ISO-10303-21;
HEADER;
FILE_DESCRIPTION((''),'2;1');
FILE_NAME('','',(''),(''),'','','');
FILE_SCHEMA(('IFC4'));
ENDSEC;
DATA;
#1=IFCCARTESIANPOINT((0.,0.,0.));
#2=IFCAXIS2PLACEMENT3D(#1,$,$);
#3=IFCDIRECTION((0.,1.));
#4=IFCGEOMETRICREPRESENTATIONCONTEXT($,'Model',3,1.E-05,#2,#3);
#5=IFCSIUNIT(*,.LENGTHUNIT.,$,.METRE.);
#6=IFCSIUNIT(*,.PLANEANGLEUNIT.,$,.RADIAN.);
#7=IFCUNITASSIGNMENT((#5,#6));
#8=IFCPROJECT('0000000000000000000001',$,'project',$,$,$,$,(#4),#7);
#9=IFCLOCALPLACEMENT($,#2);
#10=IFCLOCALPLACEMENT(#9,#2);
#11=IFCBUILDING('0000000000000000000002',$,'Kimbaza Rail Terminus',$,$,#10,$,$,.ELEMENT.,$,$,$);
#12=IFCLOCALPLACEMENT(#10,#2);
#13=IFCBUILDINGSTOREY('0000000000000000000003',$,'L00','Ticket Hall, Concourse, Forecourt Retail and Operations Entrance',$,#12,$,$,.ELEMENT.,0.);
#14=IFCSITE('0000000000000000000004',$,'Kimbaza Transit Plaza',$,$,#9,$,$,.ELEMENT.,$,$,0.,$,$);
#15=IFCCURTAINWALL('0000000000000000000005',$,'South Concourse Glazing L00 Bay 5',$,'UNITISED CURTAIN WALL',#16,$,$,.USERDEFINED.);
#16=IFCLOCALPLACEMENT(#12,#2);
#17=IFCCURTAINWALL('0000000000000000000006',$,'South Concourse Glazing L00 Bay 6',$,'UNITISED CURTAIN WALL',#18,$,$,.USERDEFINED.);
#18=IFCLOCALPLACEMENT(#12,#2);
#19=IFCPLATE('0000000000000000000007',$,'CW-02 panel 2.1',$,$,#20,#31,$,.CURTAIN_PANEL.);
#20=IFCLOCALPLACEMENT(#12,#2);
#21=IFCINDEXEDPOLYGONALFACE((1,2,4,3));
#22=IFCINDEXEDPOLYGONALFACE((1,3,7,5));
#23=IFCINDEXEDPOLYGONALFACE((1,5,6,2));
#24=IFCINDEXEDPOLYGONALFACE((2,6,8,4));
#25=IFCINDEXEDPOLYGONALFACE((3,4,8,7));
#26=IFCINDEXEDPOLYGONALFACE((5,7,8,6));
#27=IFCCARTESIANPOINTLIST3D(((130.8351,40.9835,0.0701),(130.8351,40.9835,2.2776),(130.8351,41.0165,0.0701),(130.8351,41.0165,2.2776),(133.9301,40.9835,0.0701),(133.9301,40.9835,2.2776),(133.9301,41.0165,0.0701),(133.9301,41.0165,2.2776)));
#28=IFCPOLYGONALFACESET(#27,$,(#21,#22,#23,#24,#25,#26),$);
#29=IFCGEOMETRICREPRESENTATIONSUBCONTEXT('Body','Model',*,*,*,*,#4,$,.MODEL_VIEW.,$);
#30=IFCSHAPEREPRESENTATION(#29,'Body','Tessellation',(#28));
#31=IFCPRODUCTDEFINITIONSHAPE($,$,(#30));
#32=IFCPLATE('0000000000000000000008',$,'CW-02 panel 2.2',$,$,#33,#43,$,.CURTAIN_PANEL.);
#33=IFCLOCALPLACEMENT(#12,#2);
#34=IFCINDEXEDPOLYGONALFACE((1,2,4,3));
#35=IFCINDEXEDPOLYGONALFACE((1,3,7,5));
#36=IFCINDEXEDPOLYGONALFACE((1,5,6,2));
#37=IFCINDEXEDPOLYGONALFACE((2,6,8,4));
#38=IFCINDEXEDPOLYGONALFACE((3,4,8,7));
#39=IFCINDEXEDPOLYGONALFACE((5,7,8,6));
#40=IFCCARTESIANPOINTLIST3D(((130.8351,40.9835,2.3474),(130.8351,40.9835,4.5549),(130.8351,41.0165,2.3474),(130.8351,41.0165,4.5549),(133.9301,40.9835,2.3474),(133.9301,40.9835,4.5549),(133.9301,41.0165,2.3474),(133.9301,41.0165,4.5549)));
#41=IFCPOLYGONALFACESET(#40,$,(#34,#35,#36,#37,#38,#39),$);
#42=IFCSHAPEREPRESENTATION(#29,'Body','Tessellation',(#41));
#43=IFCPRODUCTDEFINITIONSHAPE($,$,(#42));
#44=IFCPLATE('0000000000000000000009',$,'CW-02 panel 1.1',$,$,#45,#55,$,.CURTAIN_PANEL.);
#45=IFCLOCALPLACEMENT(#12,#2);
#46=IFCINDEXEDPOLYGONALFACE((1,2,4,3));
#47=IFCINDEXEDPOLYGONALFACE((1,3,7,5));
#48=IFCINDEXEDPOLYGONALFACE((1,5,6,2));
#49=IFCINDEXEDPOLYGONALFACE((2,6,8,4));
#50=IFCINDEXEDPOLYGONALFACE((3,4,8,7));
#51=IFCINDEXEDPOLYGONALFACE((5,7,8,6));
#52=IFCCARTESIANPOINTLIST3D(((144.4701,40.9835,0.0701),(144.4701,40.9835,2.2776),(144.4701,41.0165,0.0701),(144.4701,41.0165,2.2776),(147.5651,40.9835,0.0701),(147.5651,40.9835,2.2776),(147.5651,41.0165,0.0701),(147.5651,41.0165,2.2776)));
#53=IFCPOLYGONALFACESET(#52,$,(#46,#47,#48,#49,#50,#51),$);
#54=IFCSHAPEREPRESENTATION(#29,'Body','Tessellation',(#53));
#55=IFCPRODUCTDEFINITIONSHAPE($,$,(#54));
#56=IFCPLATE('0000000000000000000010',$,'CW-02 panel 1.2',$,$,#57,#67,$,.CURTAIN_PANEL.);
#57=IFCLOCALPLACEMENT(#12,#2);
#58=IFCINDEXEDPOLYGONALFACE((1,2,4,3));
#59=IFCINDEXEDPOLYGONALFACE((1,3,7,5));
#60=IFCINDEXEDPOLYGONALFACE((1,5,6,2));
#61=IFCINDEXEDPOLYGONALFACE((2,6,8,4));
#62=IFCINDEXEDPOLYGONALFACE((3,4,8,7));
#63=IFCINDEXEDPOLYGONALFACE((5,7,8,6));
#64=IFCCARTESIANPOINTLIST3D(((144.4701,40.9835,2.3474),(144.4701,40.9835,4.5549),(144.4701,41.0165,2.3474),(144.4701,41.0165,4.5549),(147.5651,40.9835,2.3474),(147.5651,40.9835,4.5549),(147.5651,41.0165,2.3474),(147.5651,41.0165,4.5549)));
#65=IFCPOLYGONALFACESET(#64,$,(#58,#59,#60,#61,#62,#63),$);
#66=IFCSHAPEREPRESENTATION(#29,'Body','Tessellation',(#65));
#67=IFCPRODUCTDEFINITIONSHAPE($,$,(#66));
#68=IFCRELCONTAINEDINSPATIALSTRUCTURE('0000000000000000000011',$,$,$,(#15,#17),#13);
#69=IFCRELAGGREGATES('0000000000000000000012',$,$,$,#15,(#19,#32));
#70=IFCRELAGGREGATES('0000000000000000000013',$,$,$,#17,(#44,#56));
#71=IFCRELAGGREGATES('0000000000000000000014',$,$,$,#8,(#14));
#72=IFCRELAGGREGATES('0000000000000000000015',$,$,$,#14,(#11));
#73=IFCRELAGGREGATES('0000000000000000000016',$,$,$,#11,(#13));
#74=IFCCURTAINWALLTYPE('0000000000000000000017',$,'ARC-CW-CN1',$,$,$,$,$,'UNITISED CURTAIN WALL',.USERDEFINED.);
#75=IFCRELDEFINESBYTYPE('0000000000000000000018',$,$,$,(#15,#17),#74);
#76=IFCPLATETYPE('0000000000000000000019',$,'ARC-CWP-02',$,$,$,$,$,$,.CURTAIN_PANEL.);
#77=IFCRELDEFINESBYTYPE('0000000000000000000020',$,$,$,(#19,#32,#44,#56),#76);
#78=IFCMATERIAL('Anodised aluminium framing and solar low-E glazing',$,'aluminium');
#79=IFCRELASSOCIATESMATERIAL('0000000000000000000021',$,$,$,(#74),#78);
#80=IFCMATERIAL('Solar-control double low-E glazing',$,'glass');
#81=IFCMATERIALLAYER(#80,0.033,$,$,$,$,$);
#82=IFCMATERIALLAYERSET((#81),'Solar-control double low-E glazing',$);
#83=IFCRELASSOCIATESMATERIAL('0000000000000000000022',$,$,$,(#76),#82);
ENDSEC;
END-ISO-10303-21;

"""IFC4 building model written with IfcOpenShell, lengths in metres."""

from ifc_helpers import new_model, si_unit, direction, frame, origin, origin_2d, place, context, subcontext, project, spatial, rectangle, extrude, material, layer, layer_set, type_object, element, aggregate, save


model = new_model("IFC4")

# Units and contexts
model_context = context("Model", 3, precision=1e-05, world=origin(), true_north=direction((0.0, 1.0)))
body_context = subcontext(model_context, "Body", "Model", "MODEL_VIEW")
ifc_project = project(units=[si_unit("LENGTHUNIT", "METRE"), si_unit("PLANEANGLEUNIT", "RADIAN")], contexts=[model_context])

# Site, building, storey
site_placement = place(None, origin())
site = spatial("IfcSite", under=ifc_project, at=site_placement, Name="Kimbaza Transit Plaza", CompositionType="ELEMENT", RefElevation=0.0)
building_placement = place(site_placement, origin())
building = spatial("IfcBuilding", under=site, at=building_placement, Name="Kimbaza Rail Terminus", CompositionType="ELEMENT")
storey_placement = place(building_placement, origin())
storey = spatial("IfcBuildingStorey", under=building, at=storey_placement, Name="L00", Description="Ticket Hall, Concourse, Forecourt Retail and Operations Entrance", CompositionType="ELEMENT", Elevation=0.0)

# Curtain wall
ifc_material_1 = material(Name="Anodised aluminium framing and solar low-E glazing", Category="aluminium")
curtain_wall_type = type_object("IfcCurtainWallType", Name="ARC-CW-CN1", ElementType="UNITISED CURTAIN WALL", PredefinedType="USERDEFINED", material=ifc_material_1)
curtain_wall_1_placement = place(storey_placement, origin())
curtain_wall_1 = element("IfcCurtainWall", 1, at=curtain_wall_1_placement, inside=storey, type_object=curtain_wall_type, Name="South Concourse Glazing L00 Bay 5", ObjectType="UNITISED CURTAIN WALL", PredefinedType="USERDEFINED")

# Curtain wall
curtain_wall_2_placement = place(storey_placement, origin())
curtain_wall_2 = element("IfcCurtainWall", 2, at=curtain_wall_2_placement, inside=storey, type_object=curtain_wall_type, Name="South Concourse Glazing L00 Bay 6", ObjectType="UNITISED CURTAIN WALL", PredefinedType="USERDEFINED")

# Plates
ifc_material_2 = material(Name="Solar-control double low-E glazing", Category="glass")
ifc_layer_1 = layer(ifc_material_2, 0.033)
ifc_layer_set_1 = layer_set([ifc_layer_1], Name="Solar-control double low-E glazing")
plate_type = type_object("IfcPlateType", Name="ARC-CWP-02", PredefinedType="CURTAIN_PANEL", material=ifc_layer_set_1)
plate_1_placement = place(storey_placement, frame((132.3826, 41.0, 0.0701), z_axis=(0.0, 0.0, 1.0), x_axis=(1.0, 0.0, 0.0)))
plate_1 = element("IfcPlate", 3, at=plate_1_placement, type_object=plate_type, Name="CW-02 panel 2.1", PredefinedType="CURTAIN_PANEL", context=body_context, shape_type="SweptSolid", body=[
    extrude(rectangle(XDim=3.095, YDim=0.033, at=origin_2d()), origin(), (0.0, 0.0, 1.0), 2.2075),
])
plate_2_placement = place(storey_placement, frame((132.3826, 41.0, 2.3474), z_axis=(0.0, 0.0, 1.0), x_axis=(1.0, 0.0, 0.0)))
plate_2 = element("IfcPlate", 4, at=plate_2_placement, type_object=plate_type, Name="CW-02 panel 2.2", PredefinedType="CURTAIN_PANEL", context=body_context, shape_type="SweptSolid", body=[
    extrude(rectangle(XDim=3.095, YDim=0.033, at=origin_2d()), origin(), (0.0, 0.0, 1.0), 2.2075),
])
aggregate(curtain_wall_1, [plate_1, plate_2])
plate_3_placement = place(storey_placement, frame((146.0176, 41.0, 0.0701), z_axis=(0.0, 0.0, 1.0), x_axis=(1.0, 0.0, 0.0)))
plate_3 = element("IfcPlate", 5, at=plate_3_placement, type_object=plate_type, Name="CW-02 panel 1.1", PredefinedType="CURTAIN_PANEL", context=body_context, shape_type="SweptSolid", body=[
    extrude(rectangle(XDim=3.095, YDim=0.033, at=origin_2d()), origin(), (0.0, 0.0, 1.0), 2.2075),
])
plate_4_placement = place(storey_placement, frame((146.0176, 41.0, 2.3474), z_axis=(0.0, 0.0, 1.0), x_axis=(1.0, 0.0, 0.0)))
plate_4 = element("IfcPlate", 6, at=plate_4_placement, type_object=plate_type, Name="CW-02 panel 1.2", PredefinedType="CURTAIN_PANEL", context=body_context, shape_type="SweptSolid", body=[
    extrude(rectangle(XDim=3.095, YDim=0.033, at=origin_2d()), origin(), (0.0, 0.0, 1.0), 2.2075),
])
aggregate(curtain_wall_2, [plate_3, plate_4])

save(model, "model.ifc")
